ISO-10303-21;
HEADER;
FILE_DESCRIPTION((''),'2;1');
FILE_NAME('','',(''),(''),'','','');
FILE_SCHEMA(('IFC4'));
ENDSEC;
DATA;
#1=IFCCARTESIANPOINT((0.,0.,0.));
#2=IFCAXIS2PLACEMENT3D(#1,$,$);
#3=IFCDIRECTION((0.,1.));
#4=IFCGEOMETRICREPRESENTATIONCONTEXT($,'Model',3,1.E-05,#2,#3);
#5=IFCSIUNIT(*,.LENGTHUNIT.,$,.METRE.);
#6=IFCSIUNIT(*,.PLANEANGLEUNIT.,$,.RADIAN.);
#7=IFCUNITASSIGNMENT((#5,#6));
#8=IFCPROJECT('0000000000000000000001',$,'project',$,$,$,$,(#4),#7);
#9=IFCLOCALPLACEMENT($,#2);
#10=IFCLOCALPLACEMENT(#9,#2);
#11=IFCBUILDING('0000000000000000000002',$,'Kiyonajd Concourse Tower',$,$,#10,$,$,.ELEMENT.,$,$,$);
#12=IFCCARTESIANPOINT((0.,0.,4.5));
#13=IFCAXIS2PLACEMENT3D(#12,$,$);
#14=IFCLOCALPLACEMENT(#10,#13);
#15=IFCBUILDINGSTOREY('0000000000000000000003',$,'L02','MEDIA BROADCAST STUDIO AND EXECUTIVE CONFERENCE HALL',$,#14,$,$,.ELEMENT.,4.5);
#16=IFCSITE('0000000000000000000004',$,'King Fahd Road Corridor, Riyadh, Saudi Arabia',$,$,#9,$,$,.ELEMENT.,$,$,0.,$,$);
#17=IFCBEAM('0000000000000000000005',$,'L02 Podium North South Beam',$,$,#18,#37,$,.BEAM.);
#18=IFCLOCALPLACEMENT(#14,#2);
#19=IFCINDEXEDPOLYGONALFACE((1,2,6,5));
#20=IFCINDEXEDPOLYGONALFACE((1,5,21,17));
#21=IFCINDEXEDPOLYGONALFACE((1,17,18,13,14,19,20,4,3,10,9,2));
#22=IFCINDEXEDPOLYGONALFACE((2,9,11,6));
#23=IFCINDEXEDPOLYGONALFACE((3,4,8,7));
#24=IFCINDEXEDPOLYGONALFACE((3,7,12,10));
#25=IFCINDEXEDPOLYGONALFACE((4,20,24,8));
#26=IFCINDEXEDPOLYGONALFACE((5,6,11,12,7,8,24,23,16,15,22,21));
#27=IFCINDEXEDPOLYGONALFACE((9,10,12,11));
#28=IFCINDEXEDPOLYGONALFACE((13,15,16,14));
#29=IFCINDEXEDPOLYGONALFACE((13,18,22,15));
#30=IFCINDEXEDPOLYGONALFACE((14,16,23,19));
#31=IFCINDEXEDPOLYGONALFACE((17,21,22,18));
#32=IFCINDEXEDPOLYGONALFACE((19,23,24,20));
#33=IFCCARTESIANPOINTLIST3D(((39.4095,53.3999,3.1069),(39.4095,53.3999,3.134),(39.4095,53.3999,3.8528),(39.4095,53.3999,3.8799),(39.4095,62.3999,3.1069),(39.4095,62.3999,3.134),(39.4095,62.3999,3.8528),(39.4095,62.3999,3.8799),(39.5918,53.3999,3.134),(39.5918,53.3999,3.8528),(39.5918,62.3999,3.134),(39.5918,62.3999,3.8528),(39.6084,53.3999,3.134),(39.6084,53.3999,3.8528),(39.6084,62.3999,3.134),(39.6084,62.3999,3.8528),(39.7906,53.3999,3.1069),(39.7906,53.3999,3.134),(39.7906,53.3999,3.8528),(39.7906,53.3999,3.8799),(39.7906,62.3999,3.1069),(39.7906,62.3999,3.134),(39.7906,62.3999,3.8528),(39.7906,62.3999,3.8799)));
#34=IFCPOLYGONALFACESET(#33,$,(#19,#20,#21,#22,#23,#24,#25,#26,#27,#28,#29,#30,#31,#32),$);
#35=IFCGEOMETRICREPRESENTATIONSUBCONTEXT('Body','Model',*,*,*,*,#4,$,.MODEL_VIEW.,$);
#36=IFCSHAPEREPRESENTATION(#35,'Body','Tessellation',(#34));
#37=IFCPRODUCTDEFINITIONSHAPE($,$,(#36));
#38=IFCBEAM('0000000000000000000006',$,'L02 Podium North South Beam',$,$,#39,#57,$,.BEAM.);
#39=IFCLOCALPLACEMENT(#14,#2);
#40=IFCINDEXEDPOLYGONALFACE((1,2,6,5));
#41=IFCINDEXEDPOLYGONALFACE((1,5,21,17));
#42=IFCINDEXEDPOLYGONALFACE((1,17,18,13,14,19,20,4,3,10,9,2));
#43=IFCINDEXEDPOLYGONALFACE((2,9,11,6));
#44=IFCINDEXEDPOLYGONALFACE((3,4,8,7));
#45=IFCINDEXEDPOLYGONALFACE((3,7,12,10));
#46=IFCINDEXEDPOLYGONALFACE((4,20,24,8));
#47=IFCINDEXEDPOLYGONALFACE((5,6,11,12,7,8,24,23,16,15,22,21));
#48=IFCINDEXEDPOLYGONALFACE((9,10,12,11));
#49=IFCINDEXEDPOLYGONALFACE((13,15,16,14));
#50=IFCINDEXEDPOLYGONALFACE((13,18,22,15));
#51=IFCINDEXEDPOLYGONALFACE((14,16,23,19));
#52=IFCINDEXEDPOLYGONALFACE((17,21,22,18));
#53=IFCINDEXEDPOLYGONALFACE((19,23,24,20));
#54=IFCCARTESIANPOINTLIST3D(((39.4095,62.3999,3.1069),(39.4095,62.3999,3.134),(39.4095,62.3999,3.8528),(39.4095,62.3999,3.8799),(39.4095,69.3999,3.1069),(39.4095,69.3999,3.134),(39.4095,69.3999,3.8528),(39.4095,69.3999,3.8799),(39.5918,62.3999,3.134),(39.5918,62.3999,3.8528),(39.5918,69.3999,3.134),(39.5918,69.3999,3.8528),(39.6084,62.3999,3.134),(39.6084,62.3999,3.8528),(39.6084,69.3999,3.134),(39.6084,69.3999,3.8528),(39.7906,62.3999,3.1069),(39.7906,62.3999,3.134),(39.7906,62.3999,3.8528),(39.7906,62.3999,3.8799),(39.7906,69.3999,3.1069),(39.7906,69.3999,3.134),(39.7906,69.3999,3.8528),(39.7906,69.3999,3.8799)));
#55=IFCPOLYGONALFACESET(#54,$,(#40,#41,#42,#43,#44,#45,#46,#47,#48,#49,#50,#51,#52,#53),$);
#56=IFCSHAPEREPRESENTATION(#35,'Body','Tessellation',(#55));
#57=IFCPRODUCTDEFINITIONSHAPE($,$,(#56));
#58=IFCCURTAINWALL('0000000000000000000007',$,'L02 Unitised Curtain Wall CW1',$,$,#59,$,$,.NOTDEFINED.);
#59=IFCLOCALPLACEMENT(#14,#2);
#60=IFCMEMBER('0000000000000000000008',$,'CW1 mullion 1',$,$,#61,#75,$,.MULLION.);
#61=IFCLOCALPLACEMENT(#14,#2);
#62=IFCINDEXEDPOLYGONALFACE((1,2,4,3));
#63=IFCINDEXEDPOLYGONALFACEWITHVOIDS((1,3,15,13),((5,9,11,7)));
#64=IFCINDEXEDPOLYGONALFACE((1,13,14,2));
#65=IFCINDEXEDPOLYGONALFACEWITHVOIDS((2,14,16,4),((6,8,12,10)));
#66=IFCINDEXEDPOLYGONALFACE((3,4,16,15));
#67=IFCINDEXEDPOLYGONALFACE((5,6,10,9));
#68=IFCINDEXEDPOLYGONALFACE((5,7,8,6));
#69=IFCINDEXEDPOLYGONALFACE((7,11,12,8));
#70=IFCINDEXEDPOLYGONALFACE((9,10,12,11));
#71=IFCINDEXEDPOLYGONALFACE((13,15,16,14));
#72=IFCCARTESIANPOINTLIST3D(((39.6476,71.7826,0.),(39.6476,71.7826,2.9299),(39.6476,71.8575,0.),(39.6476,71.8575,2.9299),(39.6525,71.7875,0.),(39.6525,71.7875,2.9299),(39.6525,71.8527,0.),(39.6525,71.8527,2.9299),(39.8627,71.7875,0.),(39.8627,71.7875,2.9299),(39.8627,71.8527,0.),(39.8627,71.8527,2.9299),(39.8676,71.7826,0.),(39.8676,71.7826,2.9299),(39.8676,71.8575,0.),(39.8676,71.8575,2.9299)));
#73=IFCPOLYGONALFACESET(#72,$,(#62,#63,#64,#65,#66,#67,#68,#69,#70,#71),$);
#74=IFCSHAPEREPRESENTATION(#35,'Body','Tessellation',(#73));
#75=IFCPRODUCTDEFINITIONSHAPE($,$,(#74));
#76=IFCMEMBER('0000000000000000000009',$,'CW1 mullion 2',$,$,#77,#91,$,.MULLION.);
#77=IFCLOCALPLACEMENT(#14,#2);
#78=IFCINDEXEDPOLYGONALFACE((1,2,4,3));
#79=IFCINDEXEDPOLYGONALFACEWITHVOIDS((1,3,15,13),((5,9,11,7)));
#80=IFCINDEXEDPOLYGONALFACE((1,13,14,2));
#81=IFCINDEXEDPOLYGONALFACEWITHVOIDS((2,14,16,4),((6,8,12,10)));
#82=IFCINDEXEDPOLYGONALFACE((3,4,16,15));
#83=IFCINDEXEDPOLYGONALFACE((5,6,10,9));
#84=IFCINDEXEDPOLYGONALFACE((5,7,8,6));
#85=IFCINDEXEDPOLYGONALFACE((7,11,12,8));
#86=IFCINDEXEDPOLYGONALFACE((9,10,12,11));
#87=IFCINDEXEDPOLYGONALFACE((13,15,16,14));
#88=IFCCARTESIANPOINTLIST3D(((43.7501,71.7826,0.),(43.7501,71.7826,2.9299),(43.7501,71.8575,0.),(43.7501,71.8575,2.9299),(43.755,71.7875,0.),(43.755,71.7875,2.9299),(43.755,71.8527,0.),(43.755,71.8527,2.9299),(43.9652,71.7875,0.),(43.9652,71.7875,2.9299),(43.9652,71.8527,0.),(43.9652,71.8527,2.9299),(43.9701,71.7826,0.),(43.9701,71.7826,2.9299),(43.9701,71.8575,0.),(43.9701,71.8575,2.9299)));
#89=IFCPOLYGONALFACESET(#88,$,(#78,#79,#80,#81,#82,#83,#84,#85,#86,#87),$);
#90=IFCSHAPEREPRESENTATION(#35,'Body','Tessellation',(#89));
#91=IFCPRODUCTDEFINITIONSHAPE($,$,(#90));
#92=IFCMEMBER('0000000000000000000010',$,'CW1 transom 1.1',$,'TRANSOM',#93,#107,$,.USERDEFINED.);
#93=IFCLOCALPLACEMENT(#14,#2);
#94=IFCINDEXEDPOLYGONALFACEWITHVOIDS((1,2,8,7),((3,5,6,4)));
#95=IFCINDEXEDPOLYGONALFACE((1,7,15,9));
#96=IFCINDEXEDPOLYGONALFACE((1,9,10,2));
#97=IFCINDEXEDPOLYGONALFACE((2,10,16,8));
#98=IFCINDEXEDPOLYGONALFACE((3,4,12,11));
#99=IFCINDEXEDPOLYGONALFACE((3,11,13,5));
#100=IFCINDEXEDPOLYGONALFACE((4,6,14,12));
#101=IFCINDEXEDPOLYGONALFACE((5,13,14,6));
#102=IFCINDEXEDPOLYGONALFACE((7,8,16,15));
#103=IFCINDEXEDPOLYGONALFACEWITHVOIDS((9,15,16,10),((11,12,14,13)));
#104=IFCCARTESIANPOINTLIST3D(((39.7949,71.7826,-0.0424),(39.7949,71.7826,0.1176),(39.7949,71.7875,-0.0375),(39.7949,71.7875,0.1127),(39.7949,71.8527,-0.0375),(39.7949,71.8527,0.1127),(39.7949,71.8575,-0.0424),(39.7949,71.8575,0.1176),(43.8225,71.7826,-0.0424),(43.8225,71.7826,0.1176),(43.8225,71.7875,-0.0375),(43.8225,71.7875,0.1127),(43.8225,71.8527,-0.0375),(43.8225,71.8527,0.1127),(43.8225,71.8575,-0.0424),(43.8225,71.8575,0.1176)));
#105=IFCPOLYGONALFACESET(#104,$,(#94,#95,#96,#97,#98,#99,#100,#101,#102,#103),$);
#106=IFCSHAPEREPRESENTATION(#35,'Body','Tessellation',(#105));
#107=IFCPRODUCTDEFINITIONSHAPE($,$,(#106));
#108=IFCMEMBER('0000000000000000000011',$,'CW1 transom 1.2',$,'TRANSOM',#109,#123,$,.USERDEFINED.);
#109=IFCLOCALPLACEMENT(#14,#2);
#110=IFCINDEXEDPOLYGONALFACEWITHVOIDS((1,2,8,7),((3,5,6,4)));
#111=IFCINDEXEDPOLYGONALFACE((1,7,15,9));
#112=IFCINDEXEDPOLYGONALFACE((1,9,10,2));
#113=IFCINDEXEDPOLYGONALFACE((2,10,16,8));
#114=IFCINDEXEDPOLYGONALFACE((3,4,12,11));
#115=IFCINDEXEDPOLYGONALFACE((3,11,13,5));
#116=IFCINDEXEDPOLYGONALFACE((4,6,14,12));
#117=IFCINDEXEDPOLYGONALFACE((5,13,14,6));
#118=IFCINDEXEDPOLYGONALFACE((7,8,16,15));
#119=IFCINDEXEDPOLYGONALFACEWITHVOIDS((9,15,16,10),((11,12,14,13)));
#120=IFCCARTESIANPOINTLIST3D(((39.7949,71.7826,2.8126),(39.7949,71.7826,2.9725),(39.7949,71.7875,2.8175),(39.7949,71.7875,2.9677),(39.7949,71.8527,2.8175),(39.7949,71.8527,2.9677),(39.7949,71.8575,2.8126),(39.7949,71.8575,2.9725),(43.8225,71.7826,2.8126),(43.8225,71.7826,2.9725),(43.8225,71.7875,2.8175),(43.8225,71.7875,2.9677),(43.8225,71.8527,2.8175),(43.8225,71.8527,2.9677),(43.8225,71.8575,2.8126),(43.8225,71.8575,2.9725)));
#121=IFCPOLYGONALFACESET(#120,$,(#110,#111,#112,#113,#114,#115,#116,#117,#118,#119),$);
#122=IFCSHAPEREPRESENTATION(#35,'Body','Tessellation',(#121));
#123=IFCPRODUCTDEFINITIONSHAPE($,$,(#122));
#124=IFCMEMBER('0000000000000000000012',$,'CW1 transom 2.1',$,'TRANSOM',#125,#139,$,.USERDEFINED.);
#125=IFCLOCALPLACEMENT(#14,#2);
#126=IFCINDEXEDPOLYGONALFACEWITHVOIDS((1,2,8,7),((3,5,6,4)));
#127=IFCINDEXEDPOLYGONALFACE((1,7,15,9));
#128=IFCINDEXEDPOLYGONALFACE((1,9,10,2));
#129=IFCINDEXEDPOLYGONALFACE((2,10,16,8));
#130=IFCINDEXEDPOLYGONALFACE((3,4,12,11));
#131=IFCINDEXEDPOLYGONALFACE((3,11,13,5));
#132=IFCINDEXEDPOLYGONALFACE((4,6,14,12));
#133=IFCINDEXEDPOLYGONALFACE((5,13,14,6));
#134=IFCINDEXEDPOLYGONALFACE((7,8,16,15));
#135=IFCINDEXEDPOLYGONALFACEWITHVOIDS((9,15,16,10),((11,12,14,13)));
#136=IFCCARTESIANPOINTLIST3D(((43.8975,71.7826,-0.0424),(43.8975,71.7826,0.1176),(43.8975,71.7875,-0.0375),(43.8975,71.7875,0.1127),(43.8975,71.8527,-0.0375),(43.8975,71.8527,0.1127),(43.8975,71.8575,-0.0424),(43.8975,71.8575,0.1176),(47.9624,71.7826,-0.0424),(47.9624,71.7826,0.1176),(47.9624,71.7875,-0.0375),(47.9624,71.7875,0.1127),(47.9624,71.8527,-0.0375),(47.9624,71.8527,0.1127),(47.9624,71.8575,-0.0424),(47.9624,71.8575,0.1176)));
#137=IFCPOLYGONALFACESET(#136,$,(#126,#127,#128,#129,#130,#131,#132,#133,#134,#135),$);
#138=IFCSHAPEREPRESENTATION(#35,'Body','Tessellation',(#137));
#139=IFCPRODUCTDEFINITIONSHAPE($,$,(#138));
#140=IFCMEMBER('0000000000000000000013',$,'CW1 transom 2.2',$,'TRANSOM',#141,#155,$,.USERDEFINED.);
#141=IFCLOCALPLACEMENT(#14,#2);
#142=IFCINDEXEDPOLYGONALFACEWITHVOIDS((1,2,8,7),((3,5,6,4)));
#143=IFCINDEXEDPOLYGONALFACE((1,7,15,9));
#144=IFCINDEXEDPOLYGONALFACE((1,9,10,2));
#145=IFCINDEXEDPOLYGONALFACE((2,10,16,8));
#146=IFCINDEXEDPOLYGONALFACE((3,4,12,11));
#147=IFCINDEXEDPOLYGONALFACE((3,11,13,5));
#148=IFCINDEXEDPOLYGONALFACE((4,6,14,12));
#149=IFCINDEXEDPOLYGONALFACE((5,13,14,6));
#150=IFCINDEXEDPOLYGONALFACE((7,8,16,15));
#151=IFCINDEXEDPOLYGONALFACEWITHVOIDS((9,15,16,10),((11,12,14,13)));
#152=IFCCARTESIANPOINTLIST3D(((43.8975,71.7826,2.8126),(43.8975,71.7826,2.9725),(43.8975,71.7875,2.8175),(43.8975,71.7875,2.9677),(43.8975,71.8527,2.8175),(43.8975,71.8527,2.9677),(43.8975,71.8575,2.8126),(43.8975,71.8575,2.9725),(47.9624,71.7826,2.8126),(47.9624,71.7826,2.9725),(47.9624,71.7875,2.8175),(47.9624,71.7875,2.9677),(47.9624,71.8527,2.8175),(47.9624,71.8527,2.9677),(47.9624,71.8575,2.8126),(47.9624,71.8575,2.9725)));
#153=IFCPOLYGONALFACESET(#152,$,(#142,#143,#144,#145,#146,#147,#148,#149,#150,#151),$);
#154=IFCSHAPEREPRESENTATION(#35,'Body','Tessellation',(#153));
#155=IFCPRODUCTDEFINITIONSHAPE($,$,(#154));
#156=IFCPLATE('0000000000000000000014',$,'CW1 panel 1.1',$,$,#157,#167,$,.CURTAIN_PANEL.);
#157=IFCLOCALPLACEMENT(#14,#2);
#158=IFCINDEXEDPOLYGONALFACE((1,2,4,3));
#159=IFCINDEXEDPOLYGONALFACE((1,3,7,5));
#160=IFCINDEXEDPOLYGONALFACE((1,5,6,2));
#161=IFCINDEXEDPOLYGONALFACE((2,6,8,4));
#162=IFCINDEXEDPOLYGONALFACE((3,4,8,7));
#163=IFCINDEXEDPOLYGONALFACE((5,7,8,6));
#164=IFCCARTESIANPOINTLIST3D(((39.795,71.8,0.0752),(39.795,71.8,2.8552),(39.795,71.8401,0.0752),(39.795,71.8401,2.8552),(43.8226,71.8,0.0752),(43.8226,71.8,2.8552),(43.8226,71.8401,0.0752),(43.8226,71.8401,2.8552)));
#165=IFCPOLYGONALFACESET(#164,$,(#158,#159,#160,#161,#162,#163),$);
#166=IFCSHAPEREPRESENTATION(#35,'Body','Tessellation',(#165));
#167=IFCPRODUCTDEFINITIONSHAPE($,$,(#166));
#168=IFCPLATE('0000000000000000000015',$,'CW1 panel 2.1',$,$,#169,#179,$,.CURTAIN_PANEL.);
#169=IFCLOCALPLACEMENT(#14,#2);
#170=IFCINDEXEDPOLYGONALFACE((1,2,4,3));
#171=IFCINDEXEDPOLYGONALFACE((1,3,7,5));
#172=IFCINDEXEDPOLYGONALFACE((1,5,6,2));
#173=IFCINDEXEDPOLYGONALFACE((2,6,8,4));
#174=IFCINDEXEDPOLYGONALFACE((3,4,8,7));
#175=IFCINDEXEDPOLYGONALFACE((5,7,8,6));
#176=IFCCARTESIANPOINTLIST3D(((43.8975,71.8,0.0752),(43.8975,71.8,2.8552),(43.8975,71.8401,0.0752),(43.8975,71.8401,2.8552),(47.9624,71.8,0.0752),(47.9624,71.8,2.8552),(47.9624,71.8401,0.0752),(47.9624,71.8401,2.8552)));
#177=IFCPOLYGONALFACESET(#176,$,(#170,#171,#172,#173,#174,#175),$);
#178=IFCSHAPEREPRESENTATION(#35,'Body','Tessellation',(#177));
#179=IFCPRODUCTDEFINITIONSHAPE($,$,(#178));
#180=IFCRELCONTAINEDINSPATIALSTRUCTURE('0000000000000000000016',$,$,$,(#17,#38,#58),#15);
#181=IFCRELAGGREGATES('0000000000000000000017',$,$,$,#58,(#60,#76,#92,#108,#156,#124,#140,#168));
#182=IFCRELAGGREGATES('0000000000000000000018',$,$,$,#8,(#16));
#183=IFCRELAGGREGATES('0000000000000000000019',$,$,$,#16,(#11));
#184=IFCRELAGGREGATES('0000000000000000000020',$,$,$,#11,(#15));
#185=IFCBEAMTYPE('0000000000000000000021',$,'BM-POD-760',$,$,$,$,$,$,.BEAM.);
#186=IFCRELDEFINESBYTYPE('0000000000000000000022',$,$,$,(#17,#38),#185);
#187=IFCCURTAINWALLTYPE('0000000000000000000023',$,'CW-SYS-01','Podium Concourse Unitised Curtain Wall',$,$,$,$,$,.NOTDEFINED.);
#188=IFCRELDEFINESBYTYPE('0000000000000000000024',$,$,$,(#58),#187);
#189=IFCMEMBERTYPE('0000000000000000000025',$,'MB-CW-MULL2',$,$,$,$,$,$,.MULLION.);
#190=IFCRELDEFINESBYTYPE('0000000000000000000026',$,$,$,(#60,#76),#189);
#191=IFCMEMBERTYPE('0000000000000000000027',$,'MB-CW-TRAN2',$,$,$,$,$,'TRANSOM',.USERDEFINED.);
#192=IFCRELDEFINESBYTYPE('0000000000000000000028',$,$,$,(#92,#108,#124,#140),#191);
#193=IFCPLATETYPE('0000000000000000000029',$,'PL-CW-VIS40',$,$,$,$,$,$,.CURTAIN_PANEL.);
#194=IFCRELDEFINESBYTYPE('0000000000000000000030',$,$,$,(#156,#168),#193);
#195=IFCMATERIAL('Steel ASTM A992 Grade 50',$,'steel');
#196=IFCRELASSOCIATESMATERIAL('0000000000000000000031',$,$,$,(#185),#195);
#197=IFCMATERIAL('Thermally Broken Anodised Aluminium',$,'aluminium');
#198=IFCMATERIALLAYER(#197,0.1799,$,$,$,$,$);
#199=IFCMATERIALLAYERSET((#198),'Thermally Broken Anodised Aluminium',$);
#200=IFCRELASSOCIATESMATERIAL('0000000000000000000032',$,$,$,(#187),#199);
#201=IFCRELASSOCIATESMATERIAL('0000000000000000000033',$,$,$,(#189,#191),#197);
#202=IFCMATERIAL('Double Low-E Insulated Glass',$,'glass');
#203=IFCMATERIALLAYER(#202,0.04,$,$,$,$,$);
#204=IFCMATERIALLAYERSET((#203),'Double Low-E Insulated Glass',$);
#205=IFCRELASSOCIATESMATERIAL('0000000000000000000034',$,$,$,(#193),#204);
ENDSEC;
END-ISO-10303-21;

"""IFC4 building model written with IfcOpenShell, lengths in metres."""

from ifc_helpers import new_model, si_unit, direction, frame, origin, origin_2d, place, context, subcontext, project, spatial, rectangle, hollow_rectangle, i_section, extrude, material, layer, layer_set, material_profile, profile_set, type_object, element, aggregate, save


model = new_model("IFC4")

# Units and contexts
model_context = context("Model", 3, precision=1e-05, world=origin(), true_north=direction((0.0, 1.0)))
body_context = subcontext(model_context, "Body", "Model", "MODEL_VIEW")
ifc_project = project(units=[si_unit("LENGTHUNIT", "METRE"), si_unit("PLANEANGLEUNIT", "RADIAN")], contexts=[model_context])

# Site, building, storey
site_placement = place(None, origin())
site = spatial("IfcSite", under=ifc_project, at=site_placement, Name="King Fahd Road Corridor, Riyadh, Saudi Arabia", CompositionType="ELEMENT", RefElevation=0.0)
building_placement = place(site_placement, origin())
building = spatial("IfcBuilding", under=site, at=building_placement, Name="Kiyonajd Concourse Tower", CompositionType="ELEMENT")
storey_placement = place(building_placement, frame((0.0, 0.0, 4.5)))
storey = spatial("IfcBuildingStorey", under=building, at=storey_placement, Name="L02", Description="MEDIA BROADCAST STUDIO AND EXECUTIVE CONFERENCE HALL", CompositionType="ELEMENT", Elevation=4.5)

# Beams
ifc_material_1 = material(Name="Steel ASTM A992 Grade 50", Category="steel")
ifc_material_profile_1 = material_profile(ifc_material_1, i_section(OverallWidth=0.3811, OverallDepth=0.7729, WebThickness=0.0166, FlangeThickness=0.0271, at=origin_2d()), Name="W760X257")
ifc_profile_set_1 = profile_set([ifc_material_profile_1], Name="Steel ASTM A992 Grade 50")
beam_type_1 = type_object("IfcBeamType", Name="BM-POD-760", PredefinedType="BEAM", material=ifc_profile_set_1)
for number, where, z_axis, x_axis, name in (
    (1, (39.6001, 53.3999, 3.4934), (0.0, 1.0, 0.0), (-1.0, 0.0, 0.0), "L02 Podium North South Beam"),
):
    element("IfcBeam", number, at=place(storey_placement, frame(where, z_axis=z_axis, x_axis=x_axis)), inside=storey, type_object=beam_type_1, Name=name, PredefinedType="BEAM", context=body_context, shape_type="SweptSolid", body=[
        extrude(i_section(OverallWidth=0.3811, OverallDepth=0.7729, WebThickness=0.0166, FlangeThickness=0.0271, at=origin_2d()), origin(), (0.0, 0.0, 1.0), 9.0),
    ])
beam_1_placement = place(storey_placement, frame((39.6001, 62.3999, 3.4934), z_axis=(0.0, 1.0, 0.0), x_axis=(-1.0, 0.0, 0.0)))
element("IfcBeam", 2, at=beam_1_placement, inside=storey, type_object=beam_type_1, Name="L02 Podium North South Beam", PredefinedType="BEAM", context=body_context, shape_type="SweptSolid", body=[
    extrude(i_section(OverallWidth=0.3811, OverallDepth=0.7729, WebThickness=0.0166, FlangeThickness=0.0271, at=origin_2d()), origin(), (0.0, 0.0, 1.0), 7.0),
])

# Curtain wall, members, plates
ifc_material_2 = material(Name="Thermally Broken Anodised Aluminium", Category="aluminium")
ifc_layer_1 = layer(ifc_material_2, 0.1799)
ifc_layer_set_1 = layer_set([ifc_layer_1], Name="Thermally Broken Anodised Aluminium")
curtain_wall_type = type_object("IfcCurtainWallType", Name="CW-SYS-01", Description="Podium Concourse Unitised Curtain Wall", PredefinedType="NOTDEFINED", material=ifc_layer_set_1)
curtain_wall_placement = place(storey_placement, origin())
curtain_wall = element("IfcCurtainWall", 3, at=curtain_wall_placement, inside=storey, type_object=curtain_wall_type, Name="L02 Unitised Curtain Wall CW1", PredefinedType="NOTDEFINED")
ifc_material_profile_2 = material_profile(ifc_material_2, hollow_rectangle(XDim=0.075, YDim=0.22, WallThickness=0.0049, at=origin_2d()), Name="MULL-75x220")
ifc_profile_set_2 = profile_set([ifc_material_profile_2], Name="Thermally Broken Anodised Aluminium")
member_type_1 = type_object("IfcMemberType", Name="MB-CW-MULL2", PredefinedType="MULLION", material=ifc_profile_set_2)
member_1_placement = place(storey_placement, frame((39.7576, 71.8201, 0.0), z_axis=(0.0, 0.0, 1.0), x_axis=(0.0, 1.0, 0.0)))
member_1 = element("IfcMember", 4, at=member_1_placement, type_object=member_type_1, Name="CW1 mullion 1", PredefinedType="MULLION", context=body_context, shape_type="SweptSolid", body=[
    extrude(hollow_rectangle(XDim=0.075, YDim=0.22, WallThickness=0.0049, at=origin_2d()), origin(), (0.0, 0.0, 1.0), 2.9299),
])
member_2_placement = place(storey_placement, frame((43.8601, 71.8201, 0.0), z_axis=(0.0, 0.0, 1.0), x_axis=(0.0, 1.0, 0.0)))
member_2 = element("IfcMember", 5, at=member_2_placement, type_object=member_type_1, Name="CW1 mullion 2", PredefinedType="MULLION", context=body_context, shape_type="SweptSolid", body=[
    extrude(hollow_rectangle(XDim=0.075, YDim=0.22, WallThickness=0.0049, at=origin_2d()), origin(), (0.0, 0.0, 1.0), 2.9299),
])
ifc_material_profile_3 = material_profile(ifc_material_2, hollow_rectangle(XDim=0.075, YDim=0.1599, WallThickness=0.0049, at=origin_2d()), Name="TRAN-75x160")
ifc_profile_set_3 = profile_set([ifc_material_profile_3], Name="Thermally Broken Anodised Aluminium")
member_type_2 = type_object("IfcMemberType", Name="MB-CW-TRAN2", ElementType="TRANSOM", PredefinedType="USERDEFINED", material=ifc_profile_set_3)
member_3_placement = place(storey_placement, frame((39.7949, 71.8201, 0.0376), z_axis=(1.0, 0.0, 0.0), x_axis=(0.0, 1.0, 0.0)))
member_3 = element("IfcMember", 6, at=member_3_placement, type_object=member_type_2, Name="CW1 transom 1.1", ObjectType="TRANSOM", PredefinedType="USERDEFINED", context=body_context, shape_type="SweptSolid", body=[
    extrude(hollow_rectangle(XDim=0.075, YDim=0.1599, WallThickness=0.0049, at=origin_2d()), origin(), (0.0, 0.0, 1.0), 4.0276),
])
member_4_placement = place(storey_placement, frame((39.7949, 71.8201, 2.8926), z_axis=(1.0, 0.0, 0.0), x_axis=(0.0, 1.0, 0.0)))
member_4 = element("IfcMember", 7, at=member_4_placement, type_object=member_type_2, Name="CW1 transom 1.2", ObjectType="TRANSOM", PredefinedType="USERDEFINED", context=body_context, shape_type="SweptSolid", body=[
    extrude(hollow_rectangle(XDim=0.075, YDim=0.1599, WallThickness=0.0049, at=origin_2d()), origin(), (0.0, 0.0, 1.0), 4.0276),
])
member_5_placement = place(storey_placement, frame((43.8975, 71.8201, 0.0376), z_axis=(1.0, 0.0, 0.0), x_axis=(0.0, 1.0, 0.0)))
member_5 = element("IfcMember", 8, at=member_5_placement, type_object=member_type_2, Name="CW1 transom 2.1", ObjectType="TRANSOM", PredefinedType="USERDEFINED", context=body_context, shape_type="SweptSolid", body=[
    extrude(hollow_rectangle(XDim=0.075, YDim=0.1599, WallThickness=0.0049, at=origin_2d()), origin(), (0.0, 0.0, 1.0), 4.0649),
])
member_6_placement = place(storey_placement, frame((43.8975, 71.8201, 2.8926), z_axis=(1.0, 0.0, 0.0), x_axis=(0.0, 1.0, 0.0)))
member_6 = element("IfcMember", 9, at=member_6_placement, type_object=member_type_2, Name="CW1 transom 2.2", ObjectType="TRANSOM", PredefinedType="USERDEFINED", context=body_context, shape_type="SweptSolid", body=[
    extrude(hollow_rectangle(XDim=0.075, YDim=0.1599, WallThickness=0.0049, at=origin_2d()), origin(), (0.0, 0.0, 1.0), 4.0649),
])
ifc_material_3 = material(Name="Double Low-E Insulated Glass", Category="glass")
ifc_layer_2 = layer(ifc_material_3, 0.04)
ifc_layer_set_2 = layer_set([ifc_layer_2], Name="Double Low-E Insulated Glass")
plate_type = type_object("IfcPlateType", Name="PL-CW-VIS40", PredefinedType="CURTAIN_PANEL", material=ifc_layer_set_2)
plate_1_placement = place(storey_placement, frame((41.8088, 71.8201, 0.0752), z_axis=(0.0, 0.0, 1.0), x_axis=(1.0, 0.0, 0.0)))
plate_1 = element("IfcPlate", 10, at=plate_1_placement, type_object=plate_type, Name="CW1 panel 1.1", PredefinedType="CURTAIN_PANEL", context=body_context, shape_type="SweptSolid", body=[
    extrude(rectangle(XDim=4.0276, YDim=0.04, at=origin_2d()), origin(), (0.0, 0.0, 1.0), 2.78),
])
plate_2_placement = place(storey_placement, frame((45.9299, 71.8201, 0.0752), z_axis=(0.0, 0.0, 1.0), x_axis=(1.0, 0.0, 0.0)))
plate_2 = element("IfcPlate", 11, at=plate_2_placement, type_object=plate_type, Name="CW1 panel 2.1", PredefinedType="CURTAIN_PANEL", context=body_context, shape_type="SweptSolid", body=[
    extrude(rectangle(XDim=4.0649, YDim=0.04, at=origin_2d()), origin(), (0.0, 0.0, 1.0), 2.78),
])
aggregate(curtain_wall, [member_1, member_2, member_3, member_4, plate_1, member_5, member_6, plate_2])

save(model, "model.ifc")
